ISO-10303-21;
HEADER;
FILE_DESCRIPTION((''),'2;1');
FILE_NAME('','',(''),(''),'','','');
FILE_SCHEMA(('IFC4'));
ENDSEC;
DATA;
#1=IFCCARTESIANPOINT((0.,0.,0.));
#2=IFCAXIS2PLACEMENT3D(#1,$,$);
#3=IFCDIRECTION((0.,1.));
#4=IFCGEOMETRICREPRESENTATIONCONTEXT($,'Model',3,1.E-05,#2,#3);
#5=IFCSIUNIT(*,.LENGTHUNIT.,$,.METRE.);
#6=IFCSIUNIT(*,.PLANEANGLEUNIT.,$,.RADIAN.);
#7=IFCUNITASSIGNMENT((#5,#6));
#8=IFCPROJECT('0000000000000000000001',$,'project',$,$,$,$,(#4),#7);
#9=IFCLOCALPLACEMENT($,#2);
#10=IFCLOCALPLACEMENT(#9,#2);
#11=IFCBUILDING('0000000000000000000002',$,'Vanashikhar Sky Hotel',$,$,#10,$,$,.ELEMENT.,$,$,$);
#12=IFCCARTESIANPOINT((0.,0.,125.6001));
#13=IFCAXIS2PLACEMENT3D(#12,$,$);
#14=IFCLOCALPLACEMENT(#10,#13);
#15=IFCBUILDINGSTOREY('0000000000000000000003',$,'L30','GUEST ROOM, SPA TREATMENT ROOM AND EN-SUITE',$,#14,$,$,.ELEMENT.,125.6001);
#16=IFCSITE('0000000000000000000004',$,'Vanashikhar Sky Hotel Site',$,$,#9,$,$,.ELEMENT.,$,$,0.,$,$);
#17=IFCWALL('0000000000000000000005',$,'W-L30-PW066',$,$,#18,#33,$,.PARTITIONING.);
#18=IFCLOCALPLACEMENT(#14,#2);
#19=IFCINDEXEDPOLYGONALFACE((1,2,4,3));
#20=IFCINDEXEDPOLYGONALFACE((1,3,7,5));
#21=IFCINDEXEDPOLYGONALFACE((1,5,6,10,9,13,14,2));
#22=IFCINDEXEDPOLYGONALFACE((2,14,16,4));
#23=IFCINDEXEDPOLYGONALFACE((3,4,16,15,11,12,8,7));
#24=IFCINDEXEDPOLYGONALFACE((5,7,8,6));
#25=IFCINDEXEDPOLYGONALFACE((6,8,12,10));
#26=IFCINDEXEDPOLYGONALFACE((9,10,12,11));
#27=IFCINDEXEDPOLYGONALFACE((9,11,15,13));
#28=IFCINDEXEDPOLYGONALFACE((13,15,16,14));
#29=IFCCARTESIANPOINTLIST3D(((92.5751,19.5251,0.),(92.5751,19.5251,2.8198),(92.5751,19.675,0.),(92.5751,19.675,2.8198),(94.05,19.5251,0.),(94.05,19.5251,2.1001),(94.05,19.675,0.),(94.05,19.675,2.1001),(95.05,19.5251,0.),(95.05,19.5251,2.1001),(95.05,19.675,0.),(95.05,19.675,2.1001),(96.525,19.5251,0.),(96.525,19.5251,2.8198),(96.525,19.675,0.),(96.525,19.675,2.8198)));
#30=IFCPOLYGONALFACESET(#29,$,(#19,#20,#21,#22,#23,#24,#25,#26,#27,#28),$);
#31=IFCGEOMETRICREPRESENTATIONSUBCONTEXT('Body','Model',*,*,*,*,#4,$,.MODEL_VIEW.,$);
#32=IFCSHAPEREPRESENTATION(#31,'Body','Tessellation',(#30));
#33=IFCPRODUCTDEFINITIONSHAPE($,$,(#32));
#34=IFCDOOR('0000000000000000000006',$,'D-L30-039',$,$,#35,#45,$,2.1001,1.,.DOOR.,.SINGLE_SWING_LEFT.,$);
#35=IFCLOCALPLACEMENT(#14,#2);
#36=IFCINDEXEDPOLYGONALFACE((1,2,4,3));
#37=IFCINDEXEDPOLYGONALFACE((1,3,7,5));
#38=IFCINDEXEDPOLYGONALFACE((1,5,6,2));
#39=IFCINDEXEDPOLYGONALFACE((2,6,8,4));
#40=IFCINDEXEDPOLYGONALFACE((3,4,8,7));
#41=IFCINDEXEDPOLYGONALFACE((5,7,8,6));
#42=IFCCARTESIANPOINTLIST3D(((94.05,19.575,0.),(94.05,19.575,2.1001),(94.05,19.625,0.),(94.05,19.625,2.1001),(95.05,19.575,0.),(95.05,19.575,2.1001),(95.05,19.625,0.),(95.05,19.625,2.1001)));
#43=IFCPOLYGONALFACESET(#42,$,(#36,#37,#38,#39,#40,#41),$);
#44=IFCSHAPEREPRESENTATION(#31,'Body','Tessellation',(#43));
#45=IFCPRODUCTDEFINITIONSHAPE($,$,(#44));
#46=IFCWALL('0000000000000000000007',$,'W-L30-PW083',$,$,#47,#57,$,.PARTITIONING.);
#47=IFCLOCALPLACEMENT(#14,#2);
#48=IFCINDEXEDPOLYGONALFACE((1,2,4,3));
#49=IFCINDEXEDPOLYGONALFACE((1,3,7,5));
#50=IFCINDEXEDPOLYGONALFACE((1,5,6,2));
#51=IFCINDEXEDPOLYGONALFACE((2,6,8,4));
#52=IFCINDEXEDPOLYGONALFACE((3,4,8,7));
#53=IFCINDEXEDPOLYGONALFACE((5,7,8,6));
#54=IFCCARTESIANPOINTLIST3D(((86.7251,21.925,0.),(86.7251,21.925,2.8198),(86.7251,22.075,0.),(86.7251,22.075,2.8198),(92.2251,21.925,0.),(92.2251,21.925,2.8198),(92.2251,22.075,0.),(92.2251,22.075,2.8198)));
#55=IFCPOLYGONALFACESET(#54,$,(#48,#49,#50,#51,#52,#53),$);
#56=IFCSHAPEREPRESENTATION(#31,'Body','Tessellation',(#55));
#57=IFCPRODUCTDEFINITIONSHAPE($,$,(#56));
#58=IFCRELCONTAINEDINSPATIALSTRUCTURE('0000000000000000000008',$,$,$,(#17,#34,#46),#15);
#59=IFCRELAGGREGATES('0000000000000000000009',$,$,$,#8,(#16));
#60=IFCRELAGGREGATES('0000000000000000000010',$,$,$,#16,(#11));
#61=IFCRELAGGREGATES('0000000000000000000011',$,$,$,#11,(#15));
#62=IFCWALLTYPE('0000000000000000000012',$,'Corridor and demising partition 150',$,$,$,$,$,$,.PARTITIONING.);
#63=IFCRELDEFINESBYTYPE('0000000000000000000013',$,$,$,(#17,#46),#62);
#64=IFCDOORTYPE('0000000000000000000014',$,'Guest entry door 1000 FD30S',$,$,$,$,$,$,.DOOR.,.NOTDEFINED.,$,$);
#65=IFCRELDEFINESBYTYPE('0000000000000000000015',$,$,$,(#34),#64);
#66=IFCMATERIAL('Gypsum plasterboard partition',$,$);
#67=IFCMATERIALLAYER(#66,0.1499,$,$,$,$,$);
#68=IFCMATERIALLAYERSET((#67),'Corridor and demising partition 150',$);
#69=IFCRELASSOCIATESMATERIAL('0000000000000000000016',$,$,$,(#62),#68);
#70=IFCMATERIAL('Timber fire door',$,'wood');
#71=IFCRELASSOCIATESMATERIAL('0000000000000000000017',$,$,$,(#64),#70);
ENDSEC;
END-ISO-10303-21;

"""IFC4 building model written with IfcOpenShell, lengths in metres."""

from ifc_helpers import new_model, si_unit, direction, frame, frame_2d, origin, place, context, subcontext, project, spatial, rectangle, extrude, source, transform, mapped, material, layer, layer_set, type_object, element, fill, save


model = new_model("IFC4")

# Units and contexts
model_context = context("Model", 3, precision=1e-05, world=origin(), true_north=direction((0.0, 1.0)))
body_context = subcontext(model_context, "Body", "Model", "MODEL_VIEW")
ifc_project = project(units=[si_unit("LENGTHUNIT", "METRE"), si_unit("PLANEANGLEUNIT", "RADIAN")], contexts=[model_context])

# Site, building, storey
site_placement = place(None, origin())
site = spatial("IfcSite", under=ifc_project, at=site_placement, Name="Vanashikhar Sky Hotel Site", CompositionType="ELEMENT", RefElevation=0.0)
building_placement = place(site_placement, origin())
building = spatial("IfcBuilding", under=site, at=building_placement, Name="Vanashikhar Sky Hotel", CompositionType="ELEMENT")
storey_placement = place(building_placement, frame((0.0, 0.0, 125.6001)))
storey = spatial("IfcBuildingStorey", under=building, at=storey_placement, Name="L30", Description="GUEST ROOM, SPA TREATMENT ROOM AND EN-SUITE", CompositionType="ELEMENT", Elevation=125.6001)

# Shared definitions
ifc_material_1 = material(Name="Gypsum plasterboard partition")

# Shared definitions
ifc_layer_1 = layer(ifc_material_1, 0.1499)
ifc_layer_set_1 = layer_set([ifc_layer_1], Name="Corridor and demising partition 150")
wall_type_1 = type_object("IfcWallType", Name="Corridor and demising partition 150", PredefinedType="PARTITIONING", material=ifc_layer_set_1)

# Wall, opening, door
shared_shape_1 = source(origin(), body_context, "Body", "SweptSolid", [
    extrude(rectangle(XDim=1.0, YDim=2.1001, at=frame_2d((0.5, 1.05))), frame((0.0, 0.085, 0.0), z_axis=(0.0, -1.0, 0.0), x_axis=(1.0, 0.0, 0.0)), (0.0, 0.0, 1.0), 0.1699),
])
ifc_material_2 = material(Name="Timber fire door", Category="wood")
door_type_1 = type_object("IfcDoorType", Name="Guest entry door 1000 FD30S", OperationType="NOTDEFINED", PredefinedType="DOOR", material=ifc_material_2)
shared_shape_2 = source(origin(), body_context, "Body", "SweptSolid", [
    extrude(rectangle(XDim=1.0, YDim=2.1001, at=frame_2d((0.5, 1.05))), frame((0.0, 0.0249, 0.0), z_axis=(0.0, -1.0, 0.0), x_axis=(1.0, 0.0, 0.0)), (0.0, 0.0, 1.0), 0.05),
])
shared_shape_3 = source(origin(), body_context, "Body", "SweptSolid", [
    extrude(rectangle(XDim=3.95, YDim=0.1499, at=frame_2d((1.9751, 0.0))), origin(), (0.0, 0.0, 1.0), 2.8198),
])
wall_1_placement = place(storey_placement, frame((92.575, 19.6001, 0.0), z_axis=(0.0, 0.0, 1.0), x_axis=(1.0, 0.0, 0.0)))
wall_1 = element("IfcWall", 1, at=wall_1_placement, inside=storey, type_object=wall_type_1, Name="W-L30-PW066", PredefinedType="PARTITIONING", context=body_context, shape_type="MappedRepresentation", body=[
    mapped(shared_shape_3, transform((0.0, 0.0, 0.0), scale=1.0)),
])
opening_1_placement = place(wall_1_placement, frame((1.4751, 0.0, 0.0)))
opening_1 = element("IfcOpeningElement", 2, at=opening_1_placement, cuts=wall_1, PredefinedType="OPENING", context=body_context, shape_type="MappedRepresentation", body=[
    mapped(shared_shape_1, transform((0.0, 0.0, 0.0), scale=1.0)),
])
door_1_placement = place(opening_1_placement, origin())
door_1 = element("IfcDoor", 3, at=door_1_placement, inside=storey, type_object=door_type_1, Name="D-L30-039", OperationType="SINGLE_SWING_LEFT", OverallHeight=2.1001, OverallWidth=1.0, PredefinedType="DOOR", context=body_context, shape_type="MappedRepresentation", body=[
    mapped(shared_shape_2, transform((0.0, 0.0, 0.0), scale=1.0)),
])
fill(opening_1, door_1)

# Wall
shared_shape_4 = source(origin(), body_context, "Body", "SweptSolid", [
    extrude(rectangle(XDim=5.5, YDim=0.1499, at=frame_2d((2.75, 0.0))), origin(), (0.0, 0.0, 1.0), 2.8198),
])
wall_2_placement = place(storey_placement, frame((86.7251, 22.0, 0.0), z_axis=(0.0, 0.0, 1.0), x_axis=(1.0, 0.0, 0.0)))
element("IfcWall", 4, at=wall_2_placement, inside=storey, type_object=wall_type_1, Name="W-L30-PW083", PredefinedType="PARTITIONING", context=body_context, shape_type="MappedRepresentation", body=[
    mapped(shared_shape_4, transform((0.0, 0.0, 0.0), scale=1.0)),
])

save(model, "model.ifc")
